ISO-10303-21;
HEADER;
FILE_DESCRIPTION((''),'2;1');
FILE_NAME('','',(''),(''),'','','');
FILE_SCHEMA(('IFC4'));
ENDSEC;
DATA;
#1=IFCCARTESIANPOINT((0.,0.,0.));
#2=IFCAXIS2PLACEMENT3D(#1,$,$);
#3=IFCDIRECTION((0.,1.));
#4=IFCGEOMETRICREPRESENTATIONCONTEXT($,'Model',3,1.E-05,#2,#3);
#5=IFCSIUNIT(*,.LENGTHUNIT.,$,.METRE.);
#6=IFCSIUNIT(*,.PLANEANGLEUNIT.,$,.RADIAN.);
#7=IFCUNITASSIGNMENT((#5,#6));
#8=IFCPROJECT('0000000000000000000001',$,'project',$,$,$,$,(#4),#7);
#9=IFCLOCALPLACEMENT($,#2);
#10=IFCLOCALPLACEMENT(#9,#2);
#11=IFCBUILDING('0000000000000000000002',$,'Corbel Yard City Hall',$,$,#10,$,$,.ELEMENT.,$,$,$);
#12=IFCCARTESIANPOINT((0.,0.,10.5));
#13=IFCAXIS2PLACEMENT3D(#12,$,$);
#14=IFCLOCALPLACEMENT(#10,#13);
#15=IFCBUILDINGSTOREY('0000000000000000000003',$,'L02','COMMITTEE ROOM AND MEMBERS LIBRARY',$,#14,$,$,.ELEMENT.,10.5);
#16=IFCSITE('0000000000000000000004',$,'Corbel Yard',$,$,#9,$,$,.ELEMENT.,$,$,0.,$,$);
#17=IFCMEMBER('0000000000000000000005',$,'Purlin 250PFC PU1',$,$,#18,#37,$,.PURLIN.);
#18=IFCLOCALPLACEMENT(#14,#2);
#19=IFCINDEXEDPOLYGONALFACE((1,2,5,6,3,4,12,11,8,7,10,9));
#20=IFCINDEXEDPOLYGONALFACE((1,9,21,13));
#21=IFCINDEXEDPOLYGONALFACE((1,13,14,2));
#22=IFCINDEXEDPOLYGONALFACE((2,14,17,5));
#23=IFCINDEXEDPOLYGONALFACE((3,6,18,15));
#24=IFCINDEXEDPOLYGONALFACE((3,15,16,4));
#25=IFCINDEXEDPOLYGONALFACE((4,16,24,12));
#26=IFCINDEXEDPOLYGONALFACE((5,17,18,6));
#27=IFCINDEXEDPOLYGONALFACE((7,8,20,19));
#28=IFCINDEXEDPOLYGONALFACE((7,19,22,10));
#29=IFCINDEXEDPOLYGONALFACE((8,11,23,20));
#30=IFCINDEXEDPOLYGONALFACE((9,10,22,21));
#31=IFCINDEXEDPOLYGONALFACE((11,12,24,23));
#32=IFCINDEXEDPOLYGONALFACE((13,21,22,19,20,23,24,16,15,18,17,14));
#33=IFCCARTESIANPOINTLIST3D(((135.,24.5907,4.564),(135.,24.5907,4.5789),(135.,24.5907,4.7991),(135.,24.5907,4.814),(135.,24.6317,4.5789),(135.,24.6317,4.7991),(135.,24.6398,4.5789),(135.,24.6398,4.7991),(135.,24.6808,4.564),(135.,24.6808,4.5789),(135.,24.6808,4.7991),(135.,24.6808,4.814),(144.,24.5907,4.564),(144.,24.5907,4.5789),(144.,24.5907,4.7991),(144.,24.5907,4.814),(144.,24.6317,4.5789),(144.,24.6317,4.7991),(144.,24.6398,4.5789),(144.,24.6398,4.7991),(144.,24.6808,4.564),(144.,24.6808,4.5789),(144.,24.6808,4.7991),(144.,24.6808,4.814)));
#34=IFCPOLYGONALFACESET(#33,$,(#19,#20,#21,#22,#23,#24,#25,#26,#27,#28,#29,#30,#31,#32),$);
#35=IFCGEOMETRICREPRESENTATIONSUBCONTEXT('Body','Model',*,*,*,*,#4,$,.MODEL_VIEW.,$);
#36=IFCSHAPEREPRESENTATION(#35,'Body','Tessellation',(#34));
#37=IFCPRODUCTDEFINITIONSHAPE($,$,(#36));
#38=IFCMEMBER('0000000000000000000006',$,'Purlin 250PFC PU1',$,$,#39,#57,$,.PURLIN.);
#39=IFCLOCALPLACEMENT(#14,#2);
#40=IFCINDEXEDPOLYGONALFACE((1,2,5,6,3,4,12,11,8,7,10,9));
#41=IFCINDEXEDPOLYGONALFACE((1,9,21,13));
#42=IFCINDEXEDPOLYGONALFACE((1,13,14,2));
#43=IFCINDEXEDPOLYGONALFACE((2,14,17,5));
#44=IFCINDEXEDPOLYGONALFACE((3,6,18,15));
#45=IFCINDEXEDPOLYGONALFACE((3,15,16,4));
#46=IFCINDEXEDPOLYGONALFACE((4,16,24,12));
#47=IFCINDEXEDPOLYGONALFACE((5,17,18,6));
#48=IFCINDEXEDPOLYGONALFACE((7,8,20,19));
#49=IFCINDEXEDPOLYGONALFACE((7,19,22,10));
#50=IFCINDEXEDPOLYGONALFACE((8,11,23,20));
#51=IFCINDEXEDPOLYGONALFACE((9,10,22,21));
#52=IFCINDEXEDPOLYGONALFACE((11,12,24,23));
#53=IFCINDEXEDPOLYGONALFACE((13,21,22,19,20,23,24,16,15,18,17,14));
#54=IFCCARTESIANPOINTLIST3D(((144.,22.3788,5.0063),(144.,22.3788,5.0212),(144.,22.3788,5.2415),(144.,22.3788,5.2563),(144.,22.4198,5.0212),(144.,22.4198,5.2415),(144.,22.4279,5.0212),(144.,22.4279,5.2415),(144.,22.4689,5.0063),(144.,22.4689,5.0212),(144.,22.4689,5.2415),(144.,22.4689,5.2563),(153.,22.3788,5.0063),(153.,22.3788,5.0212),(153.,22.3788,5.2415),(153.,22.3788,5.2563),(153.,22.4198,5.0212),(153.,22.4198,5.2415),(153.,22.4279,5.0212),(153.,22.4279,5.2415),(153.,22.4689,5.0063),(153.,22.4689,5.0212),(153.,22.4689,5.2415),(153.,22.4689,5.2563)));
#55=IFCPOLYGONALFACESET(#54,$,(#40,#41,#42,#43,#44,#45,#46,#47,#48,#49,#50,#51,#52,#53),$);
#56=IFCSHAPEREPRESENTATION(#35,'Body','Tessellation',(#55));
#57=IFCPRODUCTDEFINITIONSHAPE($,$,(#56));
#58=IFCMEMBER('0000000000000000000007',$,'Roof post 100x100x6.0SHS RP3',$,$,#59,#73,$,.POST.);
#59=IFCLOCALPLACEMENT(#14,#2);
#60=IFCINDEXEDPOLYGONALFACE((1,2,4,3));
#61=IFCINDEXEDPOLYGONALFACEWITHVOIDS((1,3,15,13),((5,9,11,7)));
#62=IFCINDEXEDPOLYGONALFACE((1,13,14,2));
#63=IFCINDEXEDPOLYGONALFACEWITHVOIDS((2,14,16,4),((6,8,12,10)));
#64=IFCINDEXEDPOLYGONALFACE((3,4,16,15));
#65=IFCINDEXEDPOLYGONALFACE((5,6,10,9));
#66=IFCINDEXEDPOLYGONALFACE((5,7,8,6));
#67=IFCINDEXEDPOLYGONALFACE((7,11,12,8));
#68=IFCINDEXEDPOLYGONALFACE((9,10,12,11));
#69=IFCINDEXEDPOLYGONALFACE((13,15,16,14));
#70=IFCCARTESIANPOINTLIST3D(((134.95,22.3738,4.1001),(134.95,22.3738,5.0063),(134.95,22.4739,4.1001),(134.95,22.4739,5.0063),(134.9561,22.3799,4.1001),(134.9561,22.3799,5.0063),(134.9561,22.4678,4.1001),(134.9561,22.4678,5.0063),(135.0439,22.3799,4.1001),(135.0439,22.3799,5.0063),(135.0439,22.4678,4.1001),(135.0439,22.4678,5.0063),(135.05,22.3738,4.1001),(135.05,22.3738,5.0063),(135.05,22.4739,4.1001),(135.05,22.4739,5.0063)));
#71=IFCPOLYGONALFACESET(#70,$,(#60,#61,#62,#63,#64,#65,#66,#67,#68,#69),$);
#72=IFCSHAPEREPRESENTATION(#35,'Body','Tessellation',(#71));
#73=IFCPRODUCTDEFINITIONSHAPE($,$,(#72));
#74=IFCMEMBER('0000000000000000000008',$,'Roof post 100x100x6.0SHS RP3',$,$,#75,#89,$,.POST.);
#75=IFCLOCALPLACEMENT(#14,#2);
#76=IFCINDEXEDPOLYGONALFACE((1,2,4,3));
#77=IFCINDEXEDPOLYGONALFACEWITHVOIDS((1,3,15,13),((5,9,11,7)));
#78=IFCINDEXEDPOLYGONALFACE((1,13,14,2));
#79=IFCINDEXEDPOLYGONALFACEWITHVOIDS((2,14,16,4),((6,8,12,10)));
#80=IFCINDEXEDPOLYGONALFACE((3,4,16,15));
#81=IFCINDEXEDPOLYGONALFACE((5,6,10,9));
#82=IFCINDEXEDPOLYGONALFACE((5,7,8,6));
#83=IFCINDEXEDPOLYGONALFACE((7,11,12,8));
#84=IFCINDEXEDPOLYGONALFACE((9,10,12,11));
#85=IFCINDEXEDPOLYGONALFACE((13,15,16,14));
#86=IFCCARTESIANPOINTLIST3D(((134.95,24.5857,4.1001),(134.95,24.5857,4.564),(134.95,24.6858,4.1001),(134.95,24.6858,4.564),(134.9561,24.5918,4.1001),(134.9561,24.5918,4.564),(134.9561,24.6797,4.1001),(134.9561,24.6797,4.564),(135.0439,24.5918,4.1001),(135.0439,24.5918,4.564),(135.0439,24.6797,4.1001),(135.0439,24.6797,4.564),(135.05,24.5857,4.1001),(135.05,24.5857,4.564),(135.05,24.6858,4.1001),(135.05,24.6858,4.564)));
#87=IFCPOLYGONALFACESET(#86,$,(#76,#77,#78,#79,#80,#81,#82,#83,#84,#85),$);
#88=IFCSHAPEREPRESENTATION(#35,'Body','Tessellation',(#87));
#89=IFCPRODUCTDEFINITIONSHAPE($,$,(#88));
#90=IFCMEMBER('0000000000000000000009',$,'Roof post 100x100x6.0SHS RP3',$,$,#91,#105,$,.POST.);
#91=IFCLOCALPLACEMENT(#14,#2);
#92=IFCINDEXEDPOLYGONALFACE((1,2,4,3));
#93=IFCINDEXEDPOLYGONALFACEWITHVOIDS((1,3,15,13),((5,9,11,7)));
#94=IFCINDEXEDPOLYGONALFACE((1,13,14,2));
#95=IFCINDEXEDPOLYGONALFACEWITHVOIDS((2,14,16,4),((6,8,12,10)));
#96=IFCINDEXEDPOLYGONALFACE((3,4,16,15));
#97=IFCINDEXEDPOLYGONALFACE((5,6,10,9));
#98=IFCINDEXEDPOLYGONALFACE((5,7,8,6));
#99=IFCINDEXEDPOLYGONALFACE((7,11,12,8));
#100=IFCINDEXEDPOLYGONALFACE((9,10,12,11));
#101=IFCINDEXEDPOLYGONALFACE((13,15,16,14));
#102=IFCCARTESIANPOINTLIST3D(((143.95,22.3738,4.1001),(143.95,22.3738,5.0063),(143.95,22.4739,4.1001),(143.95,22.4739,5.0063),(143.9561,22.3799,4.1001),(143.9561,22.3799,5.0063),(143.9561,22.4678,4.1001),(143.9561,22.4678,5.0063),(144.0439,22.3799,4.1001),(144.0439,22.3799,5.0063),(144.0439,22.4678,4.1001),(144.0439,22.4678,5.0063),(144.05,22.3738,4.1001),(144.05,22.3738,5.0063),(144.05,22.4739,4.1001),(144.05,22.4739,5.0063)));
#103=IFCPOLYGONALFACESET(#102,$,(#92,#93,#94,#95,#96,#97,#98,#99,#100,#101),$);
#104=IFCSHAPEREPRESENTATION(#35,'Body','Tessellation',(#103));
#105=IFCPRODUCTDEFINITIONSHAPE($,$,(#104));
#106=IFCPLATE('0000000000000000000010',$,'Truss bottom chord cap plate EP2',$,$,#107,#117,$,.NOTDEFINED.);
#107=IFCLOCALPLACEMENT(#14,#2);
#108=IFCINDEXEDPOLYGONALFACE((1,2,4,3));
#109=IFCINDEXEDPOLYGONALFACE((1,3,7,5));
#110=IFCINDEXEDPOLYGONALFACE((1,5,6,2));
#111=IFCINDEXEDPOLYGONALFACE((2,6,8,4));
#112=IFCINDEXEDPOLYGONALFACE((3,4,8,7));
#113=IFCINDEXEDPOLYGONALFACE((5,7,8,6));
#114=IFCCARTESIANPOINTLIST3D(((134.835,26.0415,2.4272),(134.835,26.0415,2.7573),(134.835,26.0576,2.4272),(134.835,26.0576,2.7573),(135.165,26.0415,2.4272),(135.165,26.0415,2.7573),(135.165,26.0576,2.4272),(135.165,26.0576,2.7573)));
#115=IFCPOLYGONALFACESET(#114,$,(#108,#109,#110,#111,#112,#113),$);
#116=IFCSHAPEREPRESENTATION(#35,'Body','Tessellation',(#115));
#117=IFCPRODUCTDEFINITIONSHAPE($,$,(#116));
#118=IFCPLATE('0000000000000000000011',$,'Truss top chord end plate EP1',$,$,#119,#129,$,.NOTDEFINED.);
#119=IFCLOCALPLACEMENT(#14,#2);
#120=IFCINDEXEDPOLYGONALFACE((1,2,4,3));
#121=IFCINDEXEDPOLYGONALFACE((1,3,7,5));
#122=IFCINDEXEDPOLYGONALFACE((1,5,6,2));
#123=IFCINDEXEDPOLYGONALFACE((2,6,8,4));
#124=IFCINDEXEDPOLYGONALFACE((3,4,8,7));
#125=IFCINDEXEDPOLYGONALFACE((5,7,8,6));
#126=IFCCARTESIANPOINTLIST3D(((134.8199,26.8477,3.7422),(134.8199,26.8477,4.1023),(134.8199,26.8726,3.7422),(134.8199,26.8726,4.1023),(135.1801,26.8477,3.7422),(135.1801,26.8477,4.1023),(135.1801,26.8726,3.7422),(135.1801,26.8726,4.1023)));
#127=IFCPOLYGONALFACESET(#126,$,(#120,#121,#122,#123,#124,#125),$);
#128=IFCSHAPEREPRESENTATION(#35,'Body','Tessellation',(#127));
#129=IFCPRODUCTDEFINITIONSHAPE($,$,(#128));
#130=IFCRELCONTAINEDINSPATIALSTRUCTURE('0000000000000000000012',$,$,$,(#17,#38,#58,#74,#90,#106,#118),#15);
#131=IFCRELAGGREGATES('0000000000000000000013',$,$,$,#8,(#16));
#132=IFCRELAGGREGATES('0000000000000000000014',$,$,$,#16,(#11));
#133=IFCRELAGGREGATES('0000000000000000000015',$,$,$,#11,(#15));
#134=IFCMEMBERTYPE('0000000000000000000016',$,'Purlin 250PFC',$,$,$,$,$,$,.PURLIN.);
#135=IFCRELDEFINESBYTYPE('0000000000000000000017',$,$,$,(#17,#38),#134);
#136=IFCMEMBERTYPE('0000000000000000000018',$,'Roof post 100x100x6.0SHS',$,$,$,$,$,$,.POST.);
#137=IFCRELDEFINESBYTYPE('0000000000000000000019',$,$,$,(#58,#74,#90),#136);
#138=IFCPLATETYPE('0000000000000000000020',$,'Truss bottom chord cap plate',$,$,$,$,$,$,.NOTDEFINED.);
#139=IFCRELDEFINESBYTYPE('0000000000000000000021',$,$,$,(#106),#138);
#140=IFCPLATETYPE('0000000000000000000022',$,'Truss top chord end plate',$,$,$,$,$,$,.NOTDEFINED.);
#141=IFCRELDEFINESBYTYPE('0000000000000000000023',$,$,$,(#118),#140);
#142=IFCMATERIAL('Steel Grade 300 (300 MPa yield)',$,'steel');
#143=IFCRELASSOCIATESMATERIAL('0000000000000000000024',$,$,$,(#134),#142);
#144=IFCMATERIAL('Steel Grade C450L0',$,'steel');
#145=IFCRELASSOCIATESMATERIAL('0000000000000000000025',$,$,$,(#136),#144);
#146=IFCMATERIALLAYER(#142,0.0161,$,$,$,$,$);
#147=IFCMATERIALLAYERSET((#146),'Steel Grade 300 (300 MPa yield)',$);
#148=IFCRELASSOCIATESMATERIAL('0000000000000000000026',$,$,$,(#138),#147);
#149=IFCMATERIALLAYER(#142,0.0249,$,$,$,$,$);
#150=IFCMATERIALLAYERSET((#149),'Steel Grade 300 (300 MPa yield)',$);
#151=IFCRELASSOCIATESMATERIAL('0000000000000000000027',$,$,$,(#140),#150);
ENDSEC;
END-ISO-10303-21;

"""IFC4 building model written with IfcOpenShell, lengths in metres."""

from ifc_helpers import new_model, si_unit, direction, frame, origin, origin_2d, place, context, subcontext, project, spatial, rectangle, hollow_rectangle, i_section, extrude, material, layer, layer_set, material_profile, profile_set, type_object, element, save


model = new_model("IFC4")

# Units and contexts
model_context = context("Model", 3, precision=1e-05, world=origin(), true_north=direction((0.0, 1.0)))
body_context = subcontext(model_context, "Body", "Model", "MODEL_VIEW")
ifc_project = project(units=[si_unit("LENGTHUNIT", "METRE"), si_unit("PLANEANGLEUNIT", "RADIAN")], contexts=[model_context])

# Site, building, storey
site_placement = place(None, origin())
site = spatial("IfcSite", under=ifc_project, at=site_placement, Name="Corbel Yard", CompositionType="ELEMENT", RefElevation=0.0)
building_placement = place(site_placement, origin())
building = spatial("IfcBuilding", under=site, at=building_placement, Name="Corbel Yard City Hall", CompositionType="ELEMENT")
storey_placement = place(building_placement, frame((0.0, 0.0, 10.5)))
storey = spatial("IfcBuildingStorey", under=building, at=storey_placement, Name="L02", Description="COMMITTEE ROOM AND MEMBERS LIBRARY", CompositionType="ELEMENT", Elevation=10.5)

# Members
ifc_material_1 = material(Name="Steel Grade 300 (300 MPa yield)", Category="steel")
ifc_material_profile_1 = material_profile(ifc_material_1, i_section(OverallWidth=0.0901, OverallDepth=0.25, WebThickness=0.0081, FlangeThickness=0.0149, at=origin_2d()), Name="250PFC")
ifc_profile_set_1 = profile_set([ifc_material_profile_1], Name="Steel Grade 300 (300 MPa yield)")
member_type_1 = type_object("IfcMemberType", Name="Purlin 250PFC", PredefinedType="PURLIN", material=ifc_profile_set_1)
for number, where, z_axis, x_axis, name in (
    (1, (135.0, 24.6357, 4.689), (1.0, 0.0, 0.0), (0.0, 1.0, 0.0), "Purlin 250PFC PU1"),
    (2, (144.0, 22.4238, 5.1313), (1.0, 0.0, 0.0), (0.0, 1.0, 0.0), "Purlin 250PFC PU1"),
):
    element("IfcMember", number, at=place(storey_placement, frame(where, z_axis=z_axis, x_axis=x_axis)), inside=storey, type_object=member_type_1, Name=name, PredefinedType="PURLIN", context=body_context, shape_type="SweptSolid", body=[
        extrude(i_section(OverallWidth=0.0901, OverallDepth=0.25, WebThickness=0.0081, FlangeThickness=0.0149, at=origin_2d()), origin(), (0.0, 0.0, 1.0), 9.0),
    ])
ifc_material_2 = material(Name="Steel Grade C450L0", Category="steel")
ifc_material_profile_2 = material_profile(ifc_material_2, hollow_rectangle(XDim=0.1001, YDim=0.1001, WallThickness=0.0061, at=origin_2d()), Name="100x100x6.0SHS")
ifc_profile_set_2 = profile_set([ifc_material_profile_2], Name="Steel Grade C450L0")
member_type_2 = type_object("IfcMemberType", Name="Roof post 100x100x6.0SHS", PredefinedType="POST", material=ifc_profile_set_2)
member_1_placement = place(storey_placement, frame((135.0, 22.4238, 4.1001), z_axis=(0.0, 0.0, 1.0), x_axis=(1.0, 0.0, 0.0)))
element("IfcMember", 3, at=member_1_placement, inside=storey, type_object=member_type_2, Name="Roof post 100x100x6.0SHS RP3", PredefinedType="POST", context=body_context, shape_type="SweptSolid", body=[
    extrude(hollow_rectangle(XDim=0.1001, YDim=0.1001, WallThickness=0.0061, at=origin_2d()), origin(), (0.0, 0.0, 1.0), 0.9062),
])
member_2_placement = place(storey_placement, frame((135.0, 24.6357, 4.1001), z_axis=(0.0, 0.0, 1.0), x_axis=(1.0, 0.0, 0.0)))
element("IfcMember", 4, at=member_2_placement, inside=storey, type_object=member_type_2, Name="Roof post 100x100x6.0SHS RP3", PredefinedType="POST", context=body_context, shape_type="SweptSolid", body=[
    extrude(hollow_rectangle(XDim=0.1001, YDim=0.1001, WallThickness=0.0061, at=origin_2d()), origin(), (0.0, 0.0, 1.0), 0.4639),
])
member_3_placement = place(storey_placement, frame((144.0, 22.4238, 4.1001), z_axis=(0.0, 0.0, 1.0), x_axis=(1.0, 0.0, 0.0)))
element("IfcMember", 5, at=member_3_placement, inside=storey, type_object=member_type_2, Name="Roof post 100x100x6.0SHS RP3", PredefinedType="POST", context=body_context, shape_type="SweptSolid", body=[
    extrude(hollow_rectangle(XDim=0.1001, YDim=0.1001, WallThickness=0.0061, at=origin_2d()), origin(), (0.0, 0.0, 1.0), 0.9062),
])

# Plates
ifc_layer_1 = layer(ifc_material_1, 0.0161)
ifc_layer_set_1 = layer_set([ifc_layer_1], Name="Steel Grade 300 (300 MPa yield)")
plate_type_1 = type_object("IfcPlateType", Name="Truss bottom chord cap plate", PredefinedType="NOTDEFINED", material=ifc_layer_set_1)
plate_1_placement = place(storey_placement, frame((135.0, 26.0496, 2.4272), z_axis=(0.0, 0.0, 1.0), x_axis=(1.0, 0.0, 0.0)))
element("IfcPlate", 6, at=plate_1_placement, inside=storey, type_object=plate_type_1, Name="Truss bottom chord cap plate EP2", PredefinedType="NOTDEFINED", context=body_context, shape_type="SweptSolid", body=[
    extrude(rectangle(XDim=0.3301, YDim=0.0161, at=origin_2d()), origin(), (0.0, 0.0, 1.0), 0.3301),
])
ifc_layer_2 = layer(ifc_material_1, 0.0249)
ifc_layer_set_2 = layer_set([ifc_layer_2], Name="Steel Grade 300 (300 MPa yield)")
plate_type_2 = type_object("IfcPlateType", Name="Truss top chord end plate", PredefinedType="NOTDEFINED", material=ifc_layer_set_2)
plate_2_placement = place(storey_placement, frame((135.0, 26.8601, 3.7422), z_axis=(0.0, 0.0, 1.0), x_axis=(1.0, 0.0, 0.0)))
element("IfcPlate", 7, at=plate_2_placement, inside=storey, type_object=plate_type_2, Name="Truss top chord end plate EP1", PredefinedType="NOTDEFINED", context=body_context, shape_type="SweptSolid", body=[
    extrude(rectangle(XDim=0.3601, YDim=0.0249, at=origin_2d()), origin(), (0.0, 0.0, 1.0), 0.3601),
])

save(model, "model.ifc")
